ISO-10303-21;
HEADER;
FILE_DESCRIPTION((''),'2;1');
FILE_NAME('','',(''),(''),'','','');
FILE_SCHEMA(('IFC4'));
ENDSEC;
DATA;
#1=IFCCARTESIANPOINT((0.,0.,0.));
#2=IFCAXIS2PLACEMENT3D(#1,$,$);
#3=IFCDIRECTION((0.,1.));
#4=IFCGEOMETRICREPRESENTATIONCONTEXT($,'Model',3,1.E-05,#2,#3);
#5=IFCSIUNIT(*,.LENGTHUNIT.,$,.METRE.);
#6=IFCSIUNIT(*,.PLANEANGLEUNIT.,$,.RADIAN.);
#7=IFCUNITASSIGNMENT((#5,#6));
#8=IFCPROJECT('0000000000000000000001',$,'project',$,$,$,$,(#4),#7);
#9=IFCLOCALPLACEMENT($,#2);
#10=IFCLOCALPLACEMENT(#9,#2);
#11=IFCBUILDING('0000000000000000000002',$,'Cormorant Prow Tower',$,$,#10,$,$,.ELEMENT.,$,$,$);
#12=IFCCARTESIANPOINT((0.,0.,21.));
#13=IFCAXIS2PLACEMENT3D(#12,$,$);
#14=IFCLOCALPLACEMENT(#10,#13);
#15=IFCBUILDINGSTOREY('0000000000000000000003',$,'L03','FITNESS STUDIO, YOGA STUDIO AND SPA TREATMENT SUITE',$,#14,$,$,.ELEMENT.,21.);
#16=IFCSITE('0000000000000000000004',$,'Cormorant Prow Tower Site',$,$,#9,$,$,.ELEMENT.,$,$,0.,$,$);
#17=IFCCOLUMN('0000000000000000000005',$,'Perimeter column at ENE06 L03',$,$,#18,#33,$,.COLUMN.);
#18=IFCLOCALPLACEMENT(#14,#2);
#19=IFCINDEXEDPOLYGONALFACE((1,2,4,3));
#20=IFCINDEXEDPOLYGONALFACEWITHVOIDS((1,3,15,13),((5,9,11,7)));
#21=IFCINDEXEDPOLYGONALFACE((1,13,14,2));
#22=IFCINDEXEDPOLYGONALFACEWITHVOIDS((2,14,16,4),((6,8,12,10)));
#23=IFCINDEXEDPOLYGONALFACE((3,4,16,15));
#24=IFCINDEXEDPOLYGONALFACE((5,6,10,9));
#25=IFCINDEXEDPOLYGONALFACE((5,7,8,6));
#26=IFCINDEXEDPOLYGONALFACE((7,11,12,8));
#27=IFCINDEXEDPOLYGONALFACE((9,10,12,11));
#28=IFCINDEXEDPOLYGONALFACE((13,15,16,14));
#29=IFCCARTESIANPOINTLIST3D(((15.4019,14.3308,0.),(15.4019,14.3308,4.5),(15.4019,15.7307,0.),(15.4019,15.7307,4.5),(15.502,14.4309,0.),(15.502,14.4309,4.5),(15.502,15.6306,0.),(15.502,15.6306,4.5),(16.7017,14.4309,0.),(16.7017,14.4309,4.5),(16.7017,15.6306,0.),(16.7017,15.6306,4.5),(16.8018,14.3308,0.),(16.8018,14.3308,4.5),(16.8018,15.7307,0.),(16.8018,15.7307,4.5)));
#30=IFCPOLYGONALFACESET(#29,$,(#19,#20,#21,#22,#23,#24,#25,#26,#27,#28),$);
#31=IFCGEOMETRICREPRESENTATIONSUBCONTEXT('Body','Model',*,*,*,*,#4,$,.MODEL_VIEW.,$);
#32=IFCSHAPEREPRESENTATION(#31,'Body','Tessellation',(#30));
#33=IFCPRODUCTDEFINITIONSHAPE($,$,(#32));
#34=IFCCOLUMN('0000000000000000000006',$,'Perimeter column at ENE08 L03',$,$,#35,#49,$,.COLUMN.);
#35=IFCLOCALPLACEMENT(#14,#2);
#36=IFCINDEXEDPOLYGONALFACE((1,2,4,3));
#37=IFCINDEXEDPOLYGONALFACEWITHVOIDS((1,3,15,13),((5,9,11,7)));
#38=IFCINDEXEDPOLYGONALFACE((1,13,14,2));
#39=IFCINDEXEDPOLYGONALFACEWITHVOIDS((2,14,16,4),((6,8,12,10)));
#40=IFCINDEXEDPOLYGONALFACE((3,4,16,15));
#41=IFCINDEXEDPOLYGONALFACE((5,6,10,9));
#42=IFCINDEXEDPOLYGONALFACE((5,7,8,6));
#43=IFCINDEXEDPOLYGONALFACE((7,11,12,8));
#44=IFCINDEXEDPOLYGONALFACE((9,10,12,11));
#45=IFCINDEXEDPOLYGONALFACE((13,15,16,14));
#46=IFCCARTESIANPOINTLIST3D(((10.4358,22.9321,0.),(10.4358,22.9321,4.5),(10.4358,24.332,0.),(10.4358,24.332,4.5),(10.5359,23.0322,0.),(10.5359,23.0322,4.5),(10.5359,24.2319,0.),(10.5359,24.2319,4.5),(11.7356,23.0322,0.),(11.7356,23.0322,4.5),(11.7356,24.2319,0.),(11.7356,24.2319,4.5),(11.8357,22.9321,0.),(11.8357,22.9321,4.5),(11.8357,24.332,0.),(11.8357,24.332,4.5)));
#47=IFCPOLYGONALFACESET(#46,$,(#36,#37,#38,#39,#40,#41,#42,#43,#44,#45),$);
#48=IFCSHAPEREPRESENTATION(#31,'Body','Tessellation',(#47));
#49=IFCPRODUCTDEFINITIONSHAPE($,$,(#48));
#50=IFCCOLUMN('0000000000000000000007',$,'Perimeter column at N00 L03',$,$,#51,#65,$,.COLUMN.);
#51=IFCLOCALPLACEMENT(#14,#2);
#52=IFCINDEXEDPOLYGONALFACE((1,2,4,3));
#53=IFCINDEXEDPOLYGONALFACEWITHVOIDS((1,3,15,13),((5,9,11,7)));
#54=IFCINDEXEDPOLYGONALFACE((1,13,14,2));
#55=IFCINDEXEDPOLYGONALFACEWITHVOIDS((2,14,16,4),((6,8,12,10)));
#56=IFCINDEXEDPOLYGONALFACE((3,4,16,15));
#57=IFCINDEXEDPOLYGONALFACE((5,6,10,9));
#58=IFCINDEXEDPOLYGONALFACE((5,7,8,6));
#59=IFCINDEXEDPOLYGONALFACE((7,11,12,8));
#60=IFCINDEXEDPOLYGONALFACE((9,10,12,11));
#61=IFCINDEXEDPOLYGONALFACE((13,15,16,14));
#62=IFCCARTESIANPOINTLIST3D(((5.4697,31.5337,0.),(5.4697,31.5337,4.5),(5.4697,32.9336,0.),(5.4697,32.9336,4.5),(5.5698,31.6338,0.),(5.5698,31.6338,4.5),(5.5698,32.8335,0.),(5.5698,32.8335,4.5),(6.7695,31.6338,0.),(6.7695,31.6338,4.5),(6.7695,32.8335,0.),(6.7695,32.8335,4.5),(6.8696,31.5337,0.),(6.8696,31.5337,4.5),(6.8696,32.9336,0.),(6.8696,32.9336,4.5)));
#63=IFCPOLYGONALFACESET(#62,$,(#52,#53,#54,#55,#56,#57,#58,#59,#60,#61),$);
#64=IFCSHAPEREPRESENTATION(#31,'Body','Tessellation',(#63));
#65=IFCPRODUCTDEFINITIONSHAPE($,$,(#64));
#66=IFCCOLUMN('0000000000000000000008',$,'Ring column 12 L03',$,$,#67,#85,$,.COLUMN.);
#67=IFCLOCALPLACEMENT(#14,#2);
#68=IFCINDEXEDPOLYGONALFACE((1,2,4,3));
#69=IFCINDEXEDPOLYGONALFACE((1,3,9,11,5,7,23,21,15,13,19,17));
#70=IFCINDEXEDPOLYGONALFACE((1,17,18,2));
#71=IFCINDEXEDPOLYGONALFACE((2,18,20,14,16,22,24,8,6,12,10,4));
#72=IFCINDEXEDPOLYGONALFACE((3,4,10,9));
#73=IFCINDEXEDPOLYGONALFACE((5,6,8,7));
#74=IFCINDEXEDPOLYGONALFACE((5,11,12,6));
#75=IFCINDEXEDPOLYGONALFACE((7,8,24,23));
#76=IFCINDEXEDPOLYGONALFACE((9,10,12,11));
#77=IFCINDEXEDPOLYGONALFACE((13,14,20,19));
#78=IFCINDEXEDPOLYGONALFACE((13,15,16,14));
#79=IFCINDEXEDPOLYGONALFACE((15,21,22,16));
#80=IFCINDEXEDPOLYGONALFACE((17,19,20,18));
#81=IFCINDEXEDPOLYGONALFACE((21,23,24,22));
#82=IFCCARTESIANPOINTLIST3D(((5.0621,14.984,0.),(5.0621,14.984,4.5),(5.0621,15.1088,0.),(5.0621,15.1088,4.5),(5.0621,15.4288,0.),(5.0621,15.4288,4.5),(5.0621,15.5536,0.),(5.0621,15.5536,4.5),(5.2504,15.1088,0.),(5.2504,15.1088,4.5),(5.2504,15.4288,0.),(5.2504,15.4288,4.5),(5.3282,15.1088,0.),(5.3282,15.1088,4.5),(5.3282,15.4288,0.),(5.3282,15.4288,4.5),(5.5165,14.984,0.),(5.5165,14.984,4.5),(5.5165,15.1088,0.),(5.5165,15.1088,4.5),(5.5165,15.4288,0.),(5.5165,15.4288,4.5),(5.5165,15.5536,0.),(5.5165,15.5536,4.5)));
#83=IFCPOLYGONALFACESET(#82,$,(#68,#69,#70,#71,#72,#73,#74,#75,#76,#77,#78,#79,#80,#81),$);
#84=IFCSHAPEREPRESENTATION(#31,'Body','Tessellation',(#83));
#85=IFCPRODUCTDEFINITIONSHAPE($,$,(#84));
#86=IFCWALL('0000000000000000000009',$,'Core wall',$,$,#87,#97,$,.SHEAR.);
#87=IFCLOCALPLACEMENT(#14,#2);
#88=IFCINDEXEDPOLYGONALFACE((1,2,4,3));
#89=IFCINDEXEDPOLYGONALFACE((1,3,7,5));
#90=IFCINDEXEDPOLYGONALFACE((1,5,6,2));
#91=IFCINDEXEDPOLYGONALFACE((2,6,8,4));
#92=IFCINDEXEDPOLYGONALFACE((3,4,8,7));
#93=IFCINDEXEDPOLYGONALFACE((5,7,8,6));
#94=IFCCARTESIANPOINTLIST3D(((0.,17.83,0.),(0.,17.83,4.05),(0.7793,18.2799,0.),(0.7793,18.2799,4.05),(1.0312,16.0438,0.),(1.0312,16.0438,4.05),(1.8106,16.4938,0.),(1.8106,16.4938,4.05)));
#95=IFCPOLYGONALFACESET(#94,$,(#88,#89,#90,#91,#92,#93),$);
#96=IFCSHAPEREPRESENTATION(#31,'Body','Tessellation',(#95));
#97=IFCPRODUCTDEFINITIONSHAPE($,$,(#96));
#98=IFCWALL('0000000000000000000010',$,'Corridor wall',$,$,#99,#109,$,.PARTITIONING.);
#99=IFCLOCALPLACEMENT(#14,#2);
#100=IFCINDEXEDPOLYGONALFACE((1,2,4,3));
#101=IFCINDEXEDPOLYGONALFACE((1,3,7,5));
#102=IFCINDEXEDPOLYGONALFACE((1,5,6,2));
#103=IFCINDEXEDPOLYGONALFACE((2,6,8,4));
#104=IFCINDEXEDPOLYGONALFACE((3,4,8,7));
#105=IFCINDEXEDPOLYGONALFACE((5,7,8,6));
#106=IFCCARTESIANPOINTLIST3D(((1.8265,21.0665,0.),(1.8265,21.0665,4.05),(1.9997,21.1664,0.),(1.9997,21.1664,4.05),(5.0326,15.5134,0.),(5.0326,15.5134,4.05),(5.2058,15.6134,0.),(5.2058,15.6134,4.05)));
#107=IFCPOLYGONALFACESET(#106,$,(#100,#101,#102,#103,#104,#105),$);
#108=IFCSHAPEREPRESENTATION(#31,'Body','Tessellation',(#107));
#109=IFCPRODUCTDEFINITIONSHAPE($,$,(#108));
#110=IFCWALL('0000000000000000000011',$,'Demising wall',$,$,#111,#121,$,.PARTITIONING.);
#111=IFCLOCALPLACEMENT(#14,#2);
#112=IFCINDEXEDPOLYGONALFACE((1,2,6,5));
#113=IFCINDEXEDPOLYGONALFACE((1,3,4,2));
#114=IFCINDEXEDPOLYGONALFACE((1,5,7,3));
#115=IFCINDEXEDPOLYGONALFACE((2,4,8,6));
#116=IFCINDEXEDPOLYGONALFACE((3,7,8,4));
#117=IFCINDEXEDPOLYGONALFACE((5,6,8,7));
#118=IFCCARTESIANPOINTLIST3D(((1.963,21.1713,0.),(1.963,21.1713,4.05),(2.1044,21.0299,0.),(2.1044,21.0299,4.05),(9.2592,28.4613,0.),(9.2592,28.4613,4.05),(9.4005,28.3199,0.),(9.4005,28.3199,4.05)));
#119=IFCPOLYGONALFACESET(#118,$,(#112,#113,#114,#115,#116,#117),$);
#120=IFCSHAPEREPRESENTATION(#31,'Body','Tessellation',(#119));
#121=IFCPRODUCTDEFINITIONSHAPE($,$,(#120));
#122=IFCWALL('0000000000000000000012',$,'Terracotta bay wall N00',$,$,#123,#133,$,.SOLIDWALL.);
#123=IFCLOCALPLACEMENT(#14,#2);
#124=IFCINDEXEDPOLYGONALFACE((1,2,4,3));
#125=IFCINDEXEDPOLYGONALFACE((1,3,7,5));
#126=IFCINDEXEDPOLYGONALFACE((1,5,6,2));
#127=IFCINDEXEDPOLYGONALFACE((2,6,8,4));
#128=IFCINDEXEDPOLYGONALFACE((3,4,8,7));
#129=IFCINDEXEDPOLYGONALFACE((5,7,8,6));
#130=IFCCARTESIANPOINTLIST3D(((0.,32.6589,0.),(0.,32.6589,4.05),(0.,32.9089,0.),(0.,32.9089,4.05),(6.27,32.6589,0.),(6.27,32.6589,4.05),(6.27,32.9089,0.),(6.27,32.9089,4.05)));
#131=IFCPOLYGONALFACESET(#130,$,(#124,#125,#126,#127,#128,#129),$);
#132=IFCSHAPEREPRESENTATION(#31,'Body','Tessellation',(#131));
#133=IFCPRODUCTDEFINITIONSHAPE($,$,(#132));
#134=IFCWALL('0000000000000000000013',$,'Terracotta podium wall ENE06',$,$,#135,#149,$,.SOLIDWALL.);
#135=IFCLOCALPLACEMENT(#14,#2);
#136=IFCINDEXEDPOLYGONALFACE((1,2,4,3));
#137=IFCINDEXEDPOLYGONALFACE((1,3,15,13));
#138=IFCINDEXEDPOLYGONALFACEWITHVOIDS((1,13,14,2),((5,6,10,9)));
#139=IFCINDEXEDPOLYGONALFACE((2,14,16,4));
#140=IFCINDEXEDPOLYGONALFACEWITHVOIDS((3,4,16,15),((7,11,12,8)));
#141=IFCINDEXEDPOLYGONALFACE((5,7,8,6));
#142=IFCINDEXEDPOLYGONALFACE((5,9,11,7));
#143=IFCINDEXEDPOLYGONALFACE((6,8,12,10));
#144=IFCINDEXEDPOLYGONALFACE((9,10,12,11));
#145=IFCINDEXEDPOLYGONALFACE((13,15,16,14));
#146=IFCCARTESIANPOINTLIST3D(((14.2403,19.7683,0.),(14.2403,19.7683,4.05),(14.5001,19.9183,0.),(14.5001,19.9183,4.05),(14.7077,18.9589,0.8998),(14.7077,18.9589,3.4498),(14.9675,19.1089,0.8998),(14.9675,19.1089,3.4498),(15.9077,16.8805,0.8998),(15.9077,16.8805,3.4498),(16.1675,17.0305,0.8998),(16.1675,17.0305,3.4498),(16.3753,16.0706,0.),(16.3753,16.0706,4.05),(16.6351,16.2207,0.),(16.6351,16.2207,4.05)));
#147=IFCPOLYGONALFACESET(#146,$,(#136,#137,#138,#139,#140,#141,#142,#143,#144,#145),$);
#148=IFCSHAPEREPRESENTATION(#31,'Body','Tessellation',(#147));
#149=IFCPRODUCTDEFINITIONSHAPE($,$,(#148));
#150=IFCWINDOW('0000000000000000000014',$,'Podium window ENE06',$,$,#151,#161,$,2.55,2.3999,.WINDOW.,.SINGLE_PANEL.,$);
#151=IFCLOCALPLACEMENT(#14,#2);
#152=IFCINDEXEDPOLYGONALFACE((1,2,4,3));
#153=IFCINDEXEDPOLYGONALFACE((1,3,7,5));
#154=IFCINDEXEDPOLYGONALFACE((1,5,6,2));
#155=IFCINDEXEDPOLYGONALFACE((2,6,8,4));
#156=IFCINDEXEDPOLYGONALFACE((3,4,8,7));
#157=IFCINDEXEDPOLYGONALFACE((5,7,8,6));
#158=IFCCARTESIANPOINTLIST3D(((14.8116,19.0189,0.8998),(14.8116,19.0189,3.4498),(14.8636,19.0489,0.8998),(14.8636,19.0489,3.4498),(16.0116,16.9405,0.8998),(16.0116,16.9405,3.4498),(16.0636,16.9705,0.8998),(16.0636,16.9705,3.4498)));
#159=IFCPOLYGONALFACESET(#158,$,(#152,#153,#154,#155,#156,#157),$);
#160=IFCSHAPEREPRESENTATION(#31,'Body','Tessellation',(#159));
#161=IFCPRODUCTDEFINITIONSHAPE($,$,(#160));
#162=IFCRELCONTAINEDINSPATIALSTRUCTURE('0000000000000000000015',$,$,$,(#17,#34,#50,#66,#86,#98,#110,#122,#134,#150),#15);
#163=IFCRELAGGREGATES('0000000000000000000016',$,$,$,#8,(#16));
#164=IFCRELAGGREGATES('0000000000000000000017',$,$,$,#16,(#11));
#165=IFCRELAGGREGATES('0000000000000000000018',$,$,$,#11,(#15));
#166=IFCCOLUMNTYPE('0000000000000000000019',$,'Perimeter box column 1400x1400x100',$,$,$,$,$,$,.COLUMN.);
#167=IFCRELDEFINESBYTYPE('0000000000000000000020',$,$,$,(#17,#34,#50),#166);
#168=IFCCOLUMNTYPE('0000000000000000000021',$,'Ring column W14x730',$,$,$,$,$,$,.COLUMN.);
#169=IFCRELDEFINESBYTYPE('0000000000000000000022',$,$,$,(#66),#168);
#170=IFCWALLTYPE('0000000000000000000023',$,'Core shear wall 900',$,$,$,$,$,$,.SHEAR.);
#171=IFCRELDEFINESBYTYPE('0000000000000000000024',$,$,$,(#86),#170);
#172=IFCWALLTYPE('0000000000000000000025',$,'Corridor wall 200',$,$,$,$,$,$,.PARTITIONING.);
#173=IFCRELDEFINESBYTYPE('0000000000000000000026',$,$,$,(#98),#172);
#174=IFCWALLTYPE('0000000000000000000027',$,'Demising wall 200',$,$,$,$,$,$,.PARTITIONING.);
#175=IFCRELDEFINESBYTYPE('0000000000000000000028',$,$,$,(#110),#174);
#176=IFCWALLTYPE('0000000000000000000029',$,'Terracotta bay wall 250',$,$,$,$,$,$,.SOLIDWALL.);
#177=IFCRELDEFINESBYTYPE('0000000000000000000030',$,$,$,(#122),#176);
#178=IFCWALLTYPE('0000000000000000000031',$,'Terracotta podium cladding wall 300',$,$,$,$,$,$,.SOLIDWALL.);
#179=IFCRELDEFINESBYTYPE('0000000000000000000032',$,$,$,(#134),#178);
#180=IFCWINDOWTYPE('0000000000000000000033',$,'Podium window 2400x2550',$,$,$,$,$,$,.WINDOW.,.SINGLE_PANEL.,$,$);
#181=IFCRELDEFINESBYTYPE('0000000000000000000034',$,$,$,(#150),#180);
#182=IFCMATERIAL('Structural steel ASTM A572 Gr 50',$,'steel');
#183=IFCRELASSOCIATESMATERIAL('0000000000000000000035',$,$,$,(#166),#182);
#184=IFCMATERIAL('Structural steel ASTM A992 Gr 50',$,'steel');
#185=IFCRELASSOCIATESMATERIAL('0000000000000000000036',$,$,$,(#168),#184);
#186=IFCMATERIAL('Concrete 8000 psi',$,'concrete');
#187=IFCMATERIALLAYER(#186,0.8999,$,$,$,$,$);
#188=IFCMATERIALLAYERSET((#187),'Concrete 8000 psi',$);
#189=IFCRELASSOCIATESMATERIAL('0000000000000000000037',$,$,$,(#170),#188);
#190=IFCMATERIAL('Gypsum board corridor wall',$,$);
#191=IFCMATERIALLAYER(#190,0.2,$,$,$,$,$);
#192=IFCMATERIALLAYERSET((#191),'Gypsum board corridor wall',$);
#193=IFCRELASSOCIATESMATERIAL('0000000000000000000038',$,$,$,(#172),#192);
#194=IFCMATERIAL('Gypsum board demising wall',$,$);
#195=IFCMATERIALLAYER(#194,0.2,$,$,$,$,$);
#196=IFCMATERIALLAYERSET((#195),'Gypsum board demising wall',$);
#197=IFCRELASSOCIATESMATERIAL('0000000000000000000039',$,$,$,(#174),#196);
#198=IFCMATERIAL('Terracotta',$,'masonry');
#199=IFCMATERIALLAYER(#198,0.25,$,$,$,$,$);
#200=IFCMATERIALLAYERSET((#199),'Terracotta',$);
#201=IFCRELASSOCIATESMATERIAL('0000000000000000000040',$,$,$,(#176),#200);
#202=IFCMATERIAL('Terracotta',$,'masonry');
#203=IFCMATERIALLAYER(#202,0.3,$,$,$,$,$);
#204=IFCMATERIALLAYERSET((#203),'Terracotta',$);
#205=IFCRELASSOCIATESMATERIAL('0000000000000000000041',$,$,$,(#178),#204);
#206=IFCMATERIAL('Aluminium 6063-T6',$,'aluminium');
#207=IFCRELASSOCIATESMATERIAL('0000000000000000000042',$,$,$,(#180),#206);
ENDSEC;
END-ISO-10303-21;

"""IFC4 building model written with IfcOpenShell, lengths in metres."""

from ifc_helpers import new_model, si_unit, direction, frame, frame_2d, origin, origin_2d, place, context, subcontext, project, spatial, rectangle, hollow_rectangle, i_section, extrude, material, layer, layer_set, material_profile, profile_set, type_object, element, fill, save


model = new_model("IFC4")

# Units and contexts
model_context = context("Model", 3, precision=1e-05, world=origin(), true_north=direction((0.0, 1.0)))
body_context = subcontext(model_context, "Body", "Model", "MODEL_VIEW")
ifc_project = project(units=[si_unit("LENGTHUNIT", "METRE"), si_unit("PLANEANGLEUNIT", "RADIAN")], contexts=[model_context])

# Site, building, storey
site_placement = place(None, origin())
site = spatial("IfcSite", under=ifc_project, at=site_placement, Name="Cormorant Prow Tower Site", CompositionType="ELEMENT", RefElevation=0.0)
building_placement = place(site_placement, origin())
building = spatial("IfcBuilding", under=site, at=building_placement, Name="Cormorant Prow Tower", CompositionType="ELEMENT")
storey_placement = place(building_placement, frame((0.0, 0.0, 21.0)))
storey = spatial("IfcBuildingStorey", under=building, at=storey_placement, Name="L03", Description="FITNESS STUDIO, YOGA STUDIO AND SPA TREATMENT SUITE", CompositionType="ELEMENT", Elevation=21.0)

# Columns
ifc_material_1 = material(Name="Structural steel ASTM A572 Gr 50", Category="steel")
ifc_material_profile_1 = material_profile(ifc_material_1, hollow_rectangle(XDim=1.3999, YDim=1.3999, WallThickness=0.1001, at=origin_2d()), Name="Box 1400x1400x100")
ifc_profile_set_1 = profile_set([ifc_material_profile_1], Name="Structural steel ASTM A572 Gr 50")
column_type_1 = type_object("IfcColumnType", Name="Perimeter box column 1400x1400x100", PredefinedType="COLUMN", material=ifc_profile_set_1)
for number, where, z_axis, x_axis, name in (
    (1, (16.1018, 15.0308, 0.0), (0.0, 0.0, 1.0), (1.0, 0.0, 0.0), "Perimeter column at ENE06 L03"),
    (2, (11.1357, 23.6321, 0.0), (0.0, 0.0, 1.0), (1.0, 0.0, 0.0), "Perimeter column at ENE08 L03"),
    (3, (6.1697, 32.2336, 0.0), (0.0, 0.0, 1.0), (1.0, 0.0, 0.0), "Perimeter column at N00 L03"),
):
    element("IfcColumn", number, at=place(storey_placement, frame(where, z_axis=z_axis, x_axis=x_axis)), inside=storey, type_object=column_type_1, Name=name, PredefinedType="COLUMN", context=body_context, shape_type="SweptSolid", body=[
        extrude(hollow_rectangle(XDim=1.3999, YDim=1.3999, WallThickness=0.1001, at=origin_2d()), origin(), (0.0, 0.0, 1.0), 4.5),
    ])
ifc_material_2 = material(Name="Structural steel ASTM A992 Gr 50", Category="steel")
ifc_material_profile_2 = material_profile(ifc_material_2, i_section(OverallWidth=0.4543, OverallDepth=0.5696, WebThickness=0.0779, FlangeThickness=0.1248, at=origin_2d()), Name="W14x730")
ifc_profile_set_2 = profile_set([ifc_material_profile_2], Name="Structural steel ASTM A992 Gr 50")
column_type_2 = type_object("IfcColumnType", Name="Ring column W14x730", PredefinedType="COLUMN", material=ifc_profile_set_2)
column_placement = place(storey_placement, frame((5.2893, 15.2688, 0.0), z_axis=(0.0, 0.0, 1.0), x_axis=(1.0, 0.0, 0.0)))
element("IfcColumn", 4, at=column_placement, inside=storey, type_object=column_type_2, Name="Ring column 12 L03", PredefinedType="COLUMN", context=body_context, shape_type="SweptSolid", body=[
    extrude(i_section(OverallWidth=0.4543, OverallDepth=0.5696, WebThickness=0.0779, FlangeThickness=0.1248, at=origin_2d()), origin(), (0.0, 0.0, 1.0), 4.5),
])

# Walls
ifc_material_3 = material(Name="Concrete 8000 psi", Category="concrete")
ifc_layer_1 = layer(ifc_material_3, 0.8999)
ifc_layer_set_1 = layer_set([ifc_layer_1], Name="Concrete 8000 psi")
wall_type_1 = type_object("IfcWallType", Name="Core shear wall 900", PredefinedType="SHEAR", material=ifc_layer_set_1)
wall_1_placement = place(storey_placement, frame((1.4209, 16.2688, 0.0), z_axis=(0.0, 0.0, 1.0), x_axis=(-0.500009, 0.86602, 0.0)))
element("IfcWall", 5, at=wall_1_placement, inside=storey, type_object=wall_type_1, Name="Core wall", PredefinedType="SHEAR", context=body_context, shape_type="SweptSolid", body=[
    extrude(rectangle(XDim=2.0625, YDim=0.8999, at=frame_2d((1.0312, 0.0))), origin(), (0.0, 0.0, 1.0), 4.05),
])
ifc_material_4 = material(Name="Gypsum board corridor wall")
ifc_layer_2 = layer(ifc_material_4, 0.2)
ifc_layer_set_2 = layer_set([ifc_layer_2], Name="Gypsum board corridor wall")
wall_type_2 = type_object("IfcWallType", Name="Corridor wall 200", PredefinedType="PARTITIONING", material=ifc_layer_set_2)
wall_2_placement = place(storey_placement, frame((1.9131, 21.1165, 0.0), z_axis=(0.0, 0.0, 1.0), x_axis=(0.500005, -0.866023, 0.0)))
element("IfcWall", 6, at=wall_2_placement, inside=storey, type_object=wall_type_2, Name="Corridor wall", PredefinedType="PARTITIONING", context=body_context, shape_type="SweptSolid", body=[
    extrude(rectangle(XDim=6.4121, YDim=0.2, at=frame_2d((3.2061, 0.0))), origin(), (0.0, 0.0, 1.0), 4.05),
])
ifc_material_5 = material(Name="Gypsum board demising wall")
ifc_layer_3 = layer(ifc_material_5, 0.2)
ifc_layer_set_3 = layer_set([ifc_layer_3], Name="Gypsum board demising wall")
wall_type_3 = type_object("IfcWallType", Name="Demising wall 200", PredefinedType="PARTITIONING", material=ifc_layer_set_3)
wall_3_placement = place(storey_placement, frame((2.0337, 21.1006, 0.0), z_axis=(0.0, 0.0, 1.0), x_axis=(0.707403, 0.706811, 0.0)))
element("IfcWall", 7, at=wall_3_placement, inside=storey, type_object=wall_type_3, Name="Demising wall", PredefinedType="PARTITIONING", context=body_context, shape_type="SweptSolid", body=[
    extrude(rectangle(XDim=10.314, YDim=0.2, at=frame_2d((5.157, 0.0))), origin(), (0.0, 0.0, 1.0), 4.05),
])
ifc_material_6 = material(Name="Terracotta", Category="masonry")
ifc_layer_4 = layer(ifc_material_6, 0.25)
ifc_layer_set_4 = layer_set([ifc_layer_4], Name="Terracotta")
wall_type_4 = type_object("IfcWallType", Name="Terracotta bay wall 250", PredefinedType="SOLIDWALL", material=ifc_layer_set_4)
wall_4_placement = place(storey_placement, frame((6.27, 32.7839, 0.0), z_axis=(0.0, 0.0, 1.0), x_axis=(-1.0, 0.0, 0.0)))
element("IfcWall", 8, at=wall_4_placement, inside=storey, type_object=wall_type_4, Name="Terracotta bay wall N00", PredefinedType="SOLIDWALL", context=body_context, shape_type="SweptSolid", body=[
    extrude(rectangle(XDim=6.27, YDim=0.25, at=frame_2d((3.135, 0.0))), origin(), (0.0, 0.0, 1.0), 4.05),
])

# Wall, opening, window
ifc_material_7 = material(Name="Terracotta", Category="masonry")
ifc_layer_5 = layer(ifc_material_7, 0.3)
ifc_layer_set_5 = layer_set([ifc_layer_5], Name="Terracotta")
wall_type_5 = type_object("IfcWallType", Name="Terracotta podium cladding wall 300", PredefinedType="SOLIDWALL", material=ifc_layer_set_5)
wall_5_placement = place(storey_placement, frame((16.5051, 16.1458, 0.0), z_axis=(0.0, 0.0, 1.0), x_axis=(-0.500019, 0.866014, 0.0)))
wall_5 = element("IfcWall", 9, at=wall_5_placement, inside=storey, type_object=wall_type_5, Name="Terracotta podium wall ENE06", PredefinedType="SOLIDWALL", context=body_context, shape_type="SweptSolid", body=[
    extrude(rectangle(XDim=4.2698, YDim=0.3, at=frame_2d((2.1348, 0.0))), origin(), (0.0, 0.0, 1.0), 4.05),
])
opening_1_placement = place(wall_5_placement, frame((0.9351, 0.0, 0.8999)))
opening_1 = element("IfcOpeningElement", 10, at=opening_1_placement, cuts=wall_5, PredefinedType="OPENING", context=body_context, shape_type="SweptSolid", body=[
    extrude(rectangle(XDim=2.3999, YDim=2.55, at=frame_2d((1.2, 1.2749))), frame((0.0, 0.1599, 0.0), z_axis=(0.0, -1.0, 0.0), x_axis=(1.0, 0.0, 0.0)), (0.0, 0.0, 1.0), 0.3201),
])
ifc_material_8 = material(Name="Aluminium 6063-T6", Category="aluminium")
window_type = type_object("IfcWindowType", Name="Podium window 2400x2550", PartitioningType="SINGLE_PANEL", PredefinedType="WINDOW", material=ifc_material_8)
window_1_placement = place(opening_1_placement, origin())
window_1 = element("IfcWindow", 11, at=window_1_placement, inside=storey, type_object=window_type, Name="Podium window ENE06", OverallHeight=2.55, OverallWidth=2.3999, PartitioningType="SINGLE_PANEL", PredefinedType="WINDOW", context=body_context, shape_type="SweptSolid", body=[
    extrude(rectangle(XDim=2.3999, YDim=2.55, at=frame_2d((1.2, 1.2749))), frame((0.0, 0.03, 0.0), z_axis=(0.0, -1.0, 0.0), x_axis=(1.0, 0.0, 0.0)), (0.0, 0.0, 1.0), 0.0601),
])
fill(opening_1, window_1)

save(model, "model.ifc")
